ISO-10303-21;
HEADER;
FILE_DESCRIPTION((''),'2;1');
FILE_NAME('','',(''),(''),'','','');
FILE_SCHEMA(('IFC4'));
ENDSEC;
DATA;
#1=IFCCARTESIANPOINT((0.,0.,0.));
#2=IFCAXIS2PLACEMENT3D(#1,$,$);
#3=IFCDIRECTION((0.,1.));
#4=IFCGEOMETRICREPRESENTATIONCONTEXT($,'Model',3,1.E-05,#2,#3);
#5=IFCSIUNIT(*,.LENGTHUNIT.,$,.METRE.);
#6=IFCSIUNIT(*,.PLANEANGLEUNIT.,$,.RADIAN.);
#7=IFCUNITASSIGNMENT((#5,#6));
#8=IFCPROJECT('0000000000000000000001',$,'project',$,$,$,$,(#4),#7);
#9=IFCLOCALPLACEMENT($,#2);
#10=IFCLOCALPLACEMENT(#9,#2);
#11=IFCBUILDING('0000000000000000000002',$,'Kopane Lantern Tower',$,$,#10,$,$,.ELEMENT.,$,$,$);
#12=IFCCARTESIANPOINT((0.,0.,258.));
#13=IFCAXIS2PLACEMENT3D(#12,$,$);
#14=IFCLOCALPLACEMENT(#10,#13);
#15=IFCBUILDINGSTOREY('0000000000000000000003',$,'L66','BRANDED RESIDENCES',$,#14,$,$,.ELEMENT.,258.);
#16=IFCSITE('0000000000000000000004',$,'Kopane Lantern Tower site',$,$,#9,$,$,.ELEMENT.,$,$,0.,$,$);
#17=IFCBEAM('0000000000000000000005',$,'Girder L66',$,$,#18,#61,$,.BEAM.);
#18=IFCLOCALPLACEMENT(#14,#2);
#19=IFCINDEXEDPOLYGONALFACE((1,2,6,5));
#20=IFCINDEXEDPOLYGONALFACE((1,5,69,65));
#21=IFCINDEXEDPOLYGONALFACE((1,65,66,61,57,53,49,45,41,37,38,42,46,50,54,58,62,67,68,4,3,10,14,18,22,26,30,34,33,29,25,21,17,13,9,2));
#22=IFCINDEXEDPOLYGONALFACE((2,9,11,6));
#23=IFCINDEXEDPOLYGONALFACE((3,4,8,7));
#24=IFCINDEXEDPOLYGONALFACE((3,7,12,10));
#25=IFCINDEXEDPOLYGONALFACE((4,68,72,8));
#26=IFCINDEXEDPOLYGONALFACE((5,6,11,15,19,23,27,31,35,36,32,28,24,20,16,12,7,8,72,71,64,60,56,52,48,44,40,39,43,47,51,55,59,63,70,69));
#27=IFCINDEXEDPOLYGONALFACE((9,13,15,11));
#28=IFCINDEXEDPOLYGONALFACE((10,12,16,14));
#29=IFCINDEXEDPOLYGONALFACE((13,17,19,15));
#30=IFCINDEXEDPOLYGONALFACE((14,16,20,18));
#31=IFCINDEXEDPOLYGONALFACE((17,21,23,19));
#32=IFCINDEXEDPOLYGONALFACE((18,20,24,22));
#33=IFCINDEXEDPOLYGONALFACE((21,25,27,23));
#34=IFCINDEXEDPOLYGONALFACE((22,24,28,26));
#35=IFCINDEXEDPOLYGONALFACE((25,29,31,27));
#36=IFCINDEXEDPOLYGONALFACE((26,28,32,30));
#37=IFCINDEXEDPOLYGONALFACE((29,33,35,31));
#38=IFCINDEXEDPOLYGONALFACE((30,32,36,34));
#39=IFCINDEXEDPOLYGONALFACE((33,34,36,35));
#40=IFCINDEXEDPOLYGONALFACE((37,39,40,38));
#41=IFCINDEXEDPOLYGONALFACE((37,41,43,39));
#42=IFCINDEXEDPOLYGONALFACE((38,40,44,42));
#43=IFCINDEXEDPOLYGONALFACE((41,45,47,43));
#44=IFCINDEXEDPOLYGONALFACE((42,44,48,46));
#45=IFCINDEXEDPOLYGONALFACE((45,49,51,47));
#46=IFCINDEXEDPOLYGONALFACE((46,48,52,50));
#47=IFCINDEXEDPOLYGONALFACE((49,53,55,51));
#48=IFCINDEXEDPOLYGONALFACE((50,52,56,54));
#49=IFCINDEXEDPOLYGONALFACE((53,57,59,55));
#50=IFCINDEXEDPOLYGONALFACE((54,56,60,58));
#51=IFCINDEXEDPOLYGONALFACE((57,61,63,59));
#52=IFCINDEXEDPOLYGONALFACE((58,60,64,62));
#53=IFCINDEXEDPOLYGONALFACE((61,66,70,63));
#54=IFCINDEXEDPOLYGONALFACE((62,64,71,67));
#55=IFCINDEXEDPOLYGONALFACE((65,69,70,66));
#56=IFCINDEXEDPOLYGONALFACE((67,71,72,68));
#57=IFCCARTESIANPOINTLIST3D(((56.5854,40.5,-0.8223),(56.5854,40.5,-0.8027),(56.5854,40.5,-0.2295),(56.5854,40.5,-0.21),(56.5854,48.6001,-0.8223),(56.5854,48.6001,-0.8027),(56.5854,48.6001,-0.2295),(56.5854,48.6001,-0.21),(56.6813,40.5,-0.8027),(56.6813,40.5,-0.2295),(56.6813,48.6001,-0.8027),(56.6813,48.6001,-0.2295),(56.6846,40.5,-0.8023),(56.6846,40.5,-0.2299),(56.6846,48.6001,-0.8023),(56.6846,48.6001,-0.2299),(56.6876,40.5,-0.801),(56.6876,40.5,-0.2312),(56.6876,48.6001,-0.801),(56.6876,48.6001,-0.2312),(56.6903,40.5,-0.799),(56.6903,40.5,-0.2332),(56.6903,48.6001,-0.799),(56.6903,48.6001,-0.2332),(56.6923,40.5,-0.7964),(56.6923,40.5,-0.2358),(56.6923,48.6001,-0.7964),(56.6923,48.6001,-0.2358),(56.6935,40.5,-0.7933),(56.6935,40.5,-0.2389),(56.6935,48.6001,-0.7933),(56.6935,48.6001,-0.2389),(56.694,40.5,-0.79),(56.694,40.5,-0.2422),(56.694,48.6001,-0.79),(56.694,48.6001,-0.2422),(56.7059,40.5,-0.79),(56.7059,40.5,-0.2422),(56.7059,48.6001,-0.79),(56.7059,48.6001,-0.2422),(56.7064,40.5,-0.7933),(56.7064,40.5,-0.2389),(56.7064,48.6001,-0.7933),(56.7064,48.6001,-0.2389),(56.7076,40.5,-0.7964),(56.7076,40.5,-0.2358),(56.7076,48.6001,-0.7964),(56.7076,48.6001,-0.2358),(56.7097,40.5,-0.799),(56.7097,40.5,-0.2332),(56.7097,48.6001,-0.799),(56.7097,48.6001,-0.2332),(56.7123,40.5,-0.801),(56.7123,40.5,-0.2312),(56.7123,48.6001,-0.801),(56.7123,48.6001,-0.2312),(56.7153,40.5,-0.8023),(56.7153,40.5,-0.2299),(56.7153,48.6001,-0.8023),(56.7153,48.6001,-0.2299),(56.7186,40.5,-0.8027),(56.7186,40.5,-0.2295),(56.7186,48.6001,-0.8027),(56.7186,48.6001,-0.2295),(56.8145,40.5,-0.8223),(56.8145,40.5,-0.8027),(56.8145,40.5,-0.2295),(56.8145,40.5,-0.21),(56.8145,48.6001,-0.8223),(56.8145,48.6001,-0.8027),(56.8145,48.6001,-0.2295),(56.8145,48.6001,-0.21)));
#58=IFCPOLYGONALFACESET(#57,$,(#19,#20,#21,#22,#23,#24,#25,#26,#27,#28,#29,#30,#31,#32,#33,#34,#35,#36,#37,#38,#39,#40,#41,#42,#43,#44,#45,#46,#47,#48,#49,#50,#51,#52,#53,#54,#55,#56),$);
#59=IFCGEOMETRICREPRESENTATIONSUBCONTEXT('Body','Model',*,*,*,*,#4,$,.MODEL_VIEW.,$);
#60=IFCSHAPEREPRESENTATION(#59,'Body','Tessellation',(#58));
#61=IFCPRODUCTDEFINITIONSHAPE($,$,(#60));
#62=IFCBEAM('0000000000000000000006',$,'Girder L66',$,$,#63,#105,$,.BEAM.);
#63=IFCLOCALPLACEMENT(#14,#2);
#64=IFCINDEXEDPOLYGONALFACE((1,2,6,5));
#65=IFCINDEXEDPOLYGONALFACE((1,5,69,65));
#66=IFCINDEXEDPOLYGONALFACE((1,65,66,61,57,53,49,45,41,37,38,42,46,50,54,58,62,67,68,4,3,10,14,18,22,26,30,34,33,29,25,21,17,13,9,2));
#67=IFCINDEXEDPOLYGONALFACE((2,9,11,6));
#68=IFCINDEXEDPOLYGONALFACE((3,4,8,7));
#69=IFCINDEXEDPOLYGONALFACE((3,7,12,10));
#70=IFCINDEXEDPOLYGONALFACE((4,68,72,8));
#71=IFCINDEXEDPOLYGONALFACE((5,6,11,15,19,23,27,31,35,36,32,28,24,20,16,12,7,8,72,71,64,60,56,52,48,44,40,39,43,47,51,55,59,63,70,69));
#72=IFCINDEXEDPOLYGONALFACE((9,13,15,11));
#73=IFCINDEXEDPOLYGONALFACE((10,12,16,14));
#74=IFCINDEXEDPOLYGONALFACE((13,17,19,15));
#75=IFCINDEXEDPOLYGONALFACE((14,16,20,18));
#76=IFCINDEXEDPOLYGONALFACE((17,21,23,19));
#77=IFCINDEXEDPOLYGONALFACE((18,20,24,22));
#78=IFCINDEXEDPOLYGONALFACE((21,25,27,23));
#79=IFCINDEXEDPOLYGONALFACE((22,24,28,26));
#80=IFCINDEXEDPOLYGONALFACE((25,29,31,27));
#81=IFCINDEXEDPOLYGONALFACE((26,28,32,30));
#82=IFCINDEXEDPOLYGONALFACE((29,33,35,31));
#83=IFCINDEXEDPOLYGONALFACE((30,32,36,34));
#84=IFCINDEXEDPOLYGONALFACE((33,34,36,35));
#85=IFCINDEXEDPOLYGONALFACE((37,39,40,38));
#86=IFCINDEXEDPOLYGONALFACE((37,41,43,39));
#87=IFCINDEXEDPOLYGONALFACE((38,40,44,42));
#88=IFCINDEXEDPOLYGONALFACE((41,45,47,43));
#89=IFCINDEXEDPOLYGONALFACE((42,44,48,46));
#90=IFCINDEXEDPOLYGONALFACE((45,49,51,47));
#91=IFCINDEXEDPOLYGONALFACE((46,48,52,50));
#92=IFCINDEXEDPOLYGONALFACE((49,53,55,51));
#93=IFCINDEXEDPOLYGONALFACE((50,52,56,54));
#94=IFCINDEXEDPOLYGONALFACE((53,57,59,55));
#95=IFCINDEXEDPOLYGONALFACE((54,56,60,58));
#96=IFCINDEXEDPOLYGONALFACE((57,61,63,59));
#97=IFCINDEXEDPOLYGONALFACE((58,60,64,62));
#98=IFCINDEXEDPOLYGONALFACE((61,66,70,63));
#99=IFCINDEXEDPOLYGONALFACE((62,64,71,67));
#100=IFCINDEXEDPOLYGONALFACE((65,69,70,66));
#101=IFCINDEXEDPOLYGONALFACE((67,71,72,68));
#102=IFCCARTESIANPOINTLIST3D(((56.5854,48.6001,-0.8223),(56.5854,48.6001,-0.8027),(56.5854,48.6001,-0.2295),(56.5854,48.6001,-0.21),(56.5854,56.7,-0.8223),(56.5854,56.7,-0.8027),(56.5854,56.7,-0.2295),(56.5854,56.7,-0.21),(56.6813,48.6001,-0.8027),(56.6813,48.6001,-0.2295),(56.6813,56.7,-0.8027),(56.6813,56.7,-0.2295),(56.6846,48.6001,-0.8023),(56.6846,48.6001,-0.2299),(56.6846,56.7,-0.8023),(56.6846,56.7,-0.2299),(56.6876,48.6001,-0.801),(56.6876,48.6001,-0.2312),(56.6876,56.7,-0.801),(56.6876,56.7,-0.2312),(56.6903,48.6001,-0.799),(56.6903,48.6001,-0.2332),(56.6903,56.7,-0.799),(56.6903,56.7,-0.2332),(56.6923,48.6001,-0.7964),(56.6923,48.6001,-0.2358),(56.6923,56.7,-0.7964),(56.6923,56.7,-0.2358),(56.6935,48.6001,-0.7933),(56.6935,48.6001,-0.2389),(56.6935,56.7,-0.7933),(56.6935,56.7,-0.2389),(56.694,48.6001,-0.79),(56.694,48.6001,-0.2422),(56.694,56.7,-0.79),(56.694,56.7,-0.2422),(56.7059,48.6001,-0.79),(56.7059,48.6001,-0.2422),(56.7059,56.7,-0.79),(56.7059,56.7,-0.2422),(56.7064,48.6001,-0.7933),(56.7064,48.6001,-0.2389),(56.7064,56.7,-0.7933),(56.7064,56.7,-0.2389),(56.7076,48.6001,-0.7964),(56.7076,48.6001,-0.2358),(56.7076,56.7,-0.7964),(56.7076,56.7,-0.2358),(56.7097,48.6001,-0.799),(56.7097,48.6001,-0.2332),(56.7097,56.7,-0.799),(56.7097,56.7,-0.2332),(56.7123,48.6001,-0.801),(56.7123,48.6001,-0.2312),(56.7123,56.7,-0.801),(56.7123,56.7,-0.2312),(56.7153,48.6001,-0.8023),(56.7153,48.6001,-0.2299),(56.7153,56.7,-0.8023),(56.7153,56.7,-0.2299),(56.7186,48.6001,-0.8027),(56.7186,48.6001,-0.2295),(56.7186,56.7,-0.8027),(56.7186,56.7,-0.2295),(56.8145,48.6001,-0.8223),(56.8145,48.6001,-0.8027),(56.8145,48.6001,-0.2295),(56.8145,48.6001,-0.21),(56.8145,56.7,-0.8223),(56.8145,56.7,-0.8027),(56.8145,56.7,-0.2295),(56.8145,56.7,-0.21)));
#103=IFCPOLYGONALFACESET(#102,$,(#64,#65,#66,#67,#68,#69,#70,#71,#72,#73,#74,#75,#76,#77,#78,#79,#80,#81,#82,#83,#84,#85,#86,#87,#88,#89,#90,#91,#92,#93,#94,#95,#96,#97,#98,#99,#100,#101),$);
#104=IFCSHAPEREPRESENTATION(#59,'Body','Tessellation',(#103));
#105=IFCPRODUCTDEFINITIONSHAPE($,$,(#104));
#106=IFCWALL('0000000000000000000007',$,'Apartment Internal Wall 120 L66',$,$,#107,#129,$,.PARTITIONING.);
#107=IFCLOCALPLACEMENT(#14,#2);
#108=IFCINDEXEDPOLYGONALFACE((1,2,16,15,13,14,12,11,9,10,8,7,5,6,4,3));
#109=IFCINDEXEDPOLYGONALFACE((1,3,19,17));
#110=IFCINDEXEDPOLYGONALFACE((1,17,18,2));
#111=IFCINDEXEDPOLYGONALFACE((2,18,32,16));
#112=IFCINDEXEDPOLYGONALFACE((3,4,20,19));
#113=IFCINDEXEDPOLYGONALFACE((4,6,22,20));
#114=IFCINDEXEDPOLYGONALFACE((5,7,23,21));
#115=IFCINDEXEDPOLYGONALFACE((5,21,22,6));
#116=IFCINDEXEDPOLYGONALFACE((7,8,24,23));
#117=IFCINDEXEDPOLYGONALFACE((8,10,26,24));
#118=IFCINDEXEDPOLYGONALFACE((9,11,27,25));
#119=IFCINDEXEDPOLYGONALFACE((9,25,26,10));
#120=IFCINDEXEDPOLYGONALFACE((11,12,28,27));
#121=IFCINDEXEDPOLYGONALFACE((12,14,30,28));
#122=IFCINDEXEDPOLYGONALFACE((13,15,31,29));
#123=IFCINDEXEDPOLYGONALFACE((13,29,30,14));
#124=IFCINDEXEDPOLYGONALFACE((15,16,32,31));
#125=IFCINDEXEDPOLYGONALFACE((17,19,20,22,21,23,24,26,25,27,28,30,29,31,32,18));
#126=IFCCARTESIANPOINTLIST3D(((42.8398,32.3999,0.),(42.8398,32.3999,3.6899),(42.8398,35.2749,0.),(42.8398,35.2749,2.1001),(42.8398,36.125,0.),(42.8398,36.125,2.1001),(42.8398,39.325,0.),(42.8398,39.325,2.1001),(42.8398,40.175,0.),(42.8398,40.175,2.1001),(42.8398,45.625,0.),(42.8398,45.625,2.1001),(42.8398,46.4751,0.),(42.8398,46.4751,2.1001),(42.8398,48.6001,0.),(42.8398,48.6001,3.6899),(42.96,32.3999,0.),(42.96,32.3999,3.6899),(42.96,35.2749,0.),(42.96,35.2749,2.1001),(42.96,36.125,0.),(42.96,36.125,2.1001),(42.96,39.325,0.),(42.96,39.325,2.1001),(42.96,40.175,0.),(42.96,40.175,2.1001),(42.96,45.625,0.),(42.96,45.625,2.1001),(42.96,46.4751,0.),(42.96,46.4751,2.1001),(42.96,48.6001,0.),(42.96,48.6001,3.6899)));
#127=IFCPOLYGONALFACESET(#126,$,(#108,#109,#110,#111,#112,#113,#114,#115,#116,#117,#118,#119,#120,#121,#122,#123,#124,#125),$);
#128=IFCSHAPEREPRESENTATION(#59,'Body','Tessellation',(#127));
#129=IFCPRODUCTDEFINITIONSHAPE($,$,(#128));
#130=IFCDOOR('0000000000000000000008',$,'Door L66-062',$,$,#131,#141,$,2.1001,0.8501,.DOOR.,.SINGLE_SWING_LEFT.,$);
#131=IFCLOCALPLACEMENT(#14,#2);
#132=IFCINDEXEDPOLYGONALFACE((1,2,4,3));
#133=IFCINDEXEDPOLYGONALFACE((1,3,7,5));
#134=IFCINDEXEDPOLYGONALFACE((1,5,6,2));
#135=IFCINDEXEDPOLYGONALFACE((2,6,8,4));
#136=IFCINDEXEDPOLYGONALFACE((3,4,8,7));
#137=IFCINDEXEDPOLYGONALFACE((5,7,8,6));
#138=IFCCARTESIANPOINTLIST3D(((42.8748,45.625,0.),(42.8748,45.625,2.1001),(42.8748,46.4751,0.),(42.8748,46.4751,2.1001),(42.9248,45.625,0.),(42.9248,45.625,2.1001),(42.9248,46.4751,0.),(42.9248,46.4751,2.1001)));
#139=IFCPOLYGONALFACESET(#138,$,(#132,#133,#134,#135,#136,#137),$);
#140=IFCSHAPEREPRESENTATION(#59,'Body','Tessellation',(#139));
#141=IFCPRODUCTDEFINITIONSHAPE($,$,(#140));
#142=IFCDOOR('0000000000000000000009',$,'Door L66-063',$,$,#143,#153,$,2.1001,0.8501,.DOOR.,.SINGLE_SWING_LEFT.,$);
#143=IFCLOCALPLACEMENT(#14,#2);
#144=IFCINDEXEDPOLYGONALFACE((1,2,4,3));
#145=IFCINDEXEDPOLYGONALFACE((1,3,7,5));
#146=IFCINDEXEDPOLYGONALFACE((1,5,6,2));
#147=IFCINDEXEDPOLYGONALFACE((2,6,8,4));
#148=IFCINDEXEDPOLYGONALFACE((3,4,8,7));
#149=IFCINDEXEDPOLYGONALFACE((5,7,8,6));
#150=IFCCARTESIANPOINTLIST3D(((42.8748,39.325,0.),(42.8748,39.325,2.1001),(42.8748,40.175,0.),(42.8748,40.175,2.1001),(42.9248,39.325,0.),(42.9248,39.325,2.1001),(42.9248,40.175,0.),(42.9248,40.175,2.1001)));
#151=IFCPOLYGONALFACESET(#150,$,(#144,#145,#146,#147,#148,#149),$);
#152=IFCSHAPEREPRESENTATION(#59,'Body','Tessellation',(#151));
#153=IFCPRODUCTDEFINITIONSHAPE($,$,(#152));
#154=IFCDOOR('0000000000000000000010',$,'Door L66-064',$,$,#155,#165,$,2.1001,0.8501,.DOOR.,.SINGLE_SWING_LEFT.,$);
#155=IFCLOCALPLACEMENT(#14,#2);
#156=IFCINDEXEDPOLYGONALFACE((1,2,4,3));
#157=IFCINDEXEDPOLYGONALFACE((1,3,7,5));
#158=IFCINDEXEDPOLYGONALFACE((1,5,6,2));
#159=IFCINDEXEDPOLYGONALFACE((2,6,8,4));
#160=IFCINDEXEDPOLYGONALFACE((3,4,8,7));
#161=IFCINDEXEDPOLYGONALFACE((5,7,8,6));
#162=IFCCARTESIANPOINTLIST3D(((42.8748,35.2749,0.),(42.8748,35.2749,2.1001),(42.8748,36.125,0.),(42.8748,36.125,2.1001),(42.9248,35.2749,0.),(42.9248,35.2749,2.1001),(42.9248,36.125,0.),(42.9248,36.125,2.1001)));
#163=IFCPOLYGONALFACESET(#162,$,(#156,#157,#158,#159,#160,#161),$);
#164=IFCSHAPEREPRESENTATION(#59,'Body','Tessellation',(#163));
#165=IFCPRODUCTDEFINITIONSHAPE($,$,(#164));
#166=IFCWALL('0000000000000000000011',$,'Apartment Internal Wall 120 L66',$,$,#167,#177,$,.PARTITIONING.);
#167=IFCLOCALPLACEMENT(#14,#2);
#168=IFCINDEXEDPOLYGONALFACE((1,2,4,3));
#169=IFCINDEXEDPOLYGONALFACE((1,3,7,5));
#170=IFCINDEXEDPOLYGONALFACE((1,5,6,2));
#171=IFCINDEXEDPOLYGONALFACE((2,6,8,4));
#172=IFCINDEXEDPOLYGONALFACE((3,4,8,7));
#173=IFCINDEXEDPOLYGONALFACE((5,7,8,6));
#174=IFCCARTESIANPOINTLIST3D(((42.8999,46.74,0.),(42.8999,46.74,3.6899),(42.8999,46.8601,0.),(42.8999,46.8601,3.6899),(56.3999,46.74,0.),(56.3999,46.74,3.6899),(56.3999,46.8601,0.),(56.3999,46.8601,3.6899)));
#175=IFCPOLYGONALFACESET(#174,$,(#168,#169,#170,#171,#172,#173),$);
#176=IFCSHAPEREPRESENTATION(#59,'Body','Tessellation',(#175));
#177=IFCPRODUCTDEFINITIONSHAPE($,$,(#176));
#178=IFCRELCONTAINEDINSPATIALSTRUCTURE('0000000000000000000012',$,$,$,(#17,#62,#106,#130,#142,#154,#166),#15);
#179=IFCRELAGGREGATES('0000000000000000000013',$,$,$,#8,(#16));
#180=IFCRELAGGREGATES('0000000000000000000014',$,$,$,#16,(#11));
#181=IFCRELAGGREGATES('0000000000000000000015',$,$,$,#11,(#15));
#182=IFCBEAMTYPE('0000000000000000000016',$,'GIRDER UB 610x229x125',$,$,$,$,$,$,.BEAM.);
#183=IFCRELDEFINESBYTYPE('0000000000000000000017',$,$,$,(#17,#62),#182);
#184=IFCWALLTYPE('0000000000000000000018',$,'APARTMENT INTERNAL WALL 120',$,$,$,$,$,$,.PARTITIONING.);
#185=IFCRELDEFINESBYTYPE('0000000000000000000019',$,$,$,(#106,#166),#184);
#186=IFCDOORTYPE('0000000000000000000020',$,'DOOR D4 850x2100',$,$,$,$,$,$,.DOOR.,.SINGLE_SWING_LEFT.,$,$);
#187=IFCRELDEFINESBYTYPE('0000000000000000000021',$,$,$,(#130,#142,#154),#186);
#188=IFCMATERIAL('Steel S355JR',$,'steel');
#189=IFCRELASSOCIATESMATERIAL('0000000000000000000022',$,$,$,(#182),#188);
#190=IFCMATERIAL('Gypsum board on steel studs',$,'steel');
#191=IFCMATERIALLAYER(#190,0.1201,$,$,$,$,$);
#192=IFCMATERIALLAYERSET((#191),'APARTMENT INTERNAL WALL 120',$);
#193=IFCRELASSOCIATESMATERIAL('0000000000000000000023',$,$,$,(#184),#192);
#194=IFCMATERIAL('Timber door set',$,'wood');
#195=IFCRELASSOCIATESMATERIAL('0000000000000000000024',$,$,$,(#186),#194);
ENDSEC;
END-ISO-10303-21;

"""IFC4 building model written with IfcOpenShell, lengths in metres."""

from ifc_helpers import new_model, si_unit, direction, frame, frame_2d, origin, origin_2d, place, context, subcontext, project, spatial, rectangle, i_section, extrude, material, layer, layer_set, material_profile, profile_set, type_object, element, fill, save


model = new_model("IFC4")

# Units and contexts
model_context = context("Model", 3, precision=1e-05, world=origin(), true_north=direction((0.0, 1.0)))
body_context = subcontext(model_context, "Body", "Model", "MODEL_VIEW")
ifc_project = project(units=[si_unit("LENGTHUNIT", "METRE"), si_unit("PLANEANGLEUNIT", "RADIAN")], contexts=[model_context])

# Site, building, storey
site_placement = place(None, origin())
site = spatial("IfcSite", under=ifc_project, at=site_placement, Name="Kopane Lantern Tower site", CompositionType="ELEMENT", RefElevation=0.0)
building_placement = place(site_placement, origin())
building = spatial("IfcBuilding", under=site, at=building_placement, Name="Kopane Lantern Tower", CompositionType="ELEMENT")
storey_placement = place(building_placement, frame((0.0, 0.0, 258.0)))
storey = spatial("IfcBuildingStorey", under=building, at=storey_placement, Name="L66", Description="BRANDED RESIDENCES", CompositionType="ELEMENT", Elevation=258.0)

# Beams
ifc_material_1 = material(Name="Steel S355JR", Category="steel")
ifc_material_profile_1 = material_profile(ifc_material_1, i_section(OverallWidth=0.229, OverallDepth=0.6123, WebThickness=0.012, FlangeThickness=0.0195, FilletRadius=0.0127, at=origin_2d()), Name="UB 610x229x125")
ifc_profile_set_1 = profile_set([ifc_material_profile_1], Name="Steel S355JR")
beam_type = type_object("IfcBeamType", Name="GIRDER UB 610x229x125", PredefinedType="BEAM", material=ifc_profile_set_1)
beam_1_placement = place(storey_placement, frame((56.7, 40.5, -0.5161), z_axis=(0.0, 1.0, 0.0), x_axis=(-1.0, 0.0, 0.0)))
element("IfcBeam", 1, at=beam_1_placement, inside=storey, type_object=beam_type, Name="Girder L66", PredefinedType="BEAM", context=body_context, shape_type="SweptSolid", body=[
    extrude(i_section(OverallWidth=0.229, OverallDepth=0.6123, WebThickness=0.012, FlangeThickness=0.0195, FilletRadius=0.0127, at=origin_2d()), origin(), (0.0, 0.0, 1.0), 8.1001),
])
beam_2_placement = place(storey_placement, frame((56.7, 48.6001, -0.5161), z_axis=(0.0, 1.0, 0.0), x_axis=(-1.0, 0.0, 0.0)))
element("IfcBeam", 2, at=beam_2_placement, inside=storey, type_object=beam_type, Name="Girder L66", PredefinedType="BEAM", context=body_context, shape_type="SweptSolid", body=[
    extrude(i_section(OverallWidth=0.229, OverallDepth=0.6123, WebThickness=0.012, FlangeThickness=0.0195, FilletRadius=0.0127, at=origin_2d()), origin(), (0.0, 0.0, 1.0), 8.0999),
])

# Wall, openings, doors
ifc_material_2 = material(Name="Gypsum board on steel studs", Category="steel")
ifc_layer_1 = layer(ifc_material_2, 0.1201)
ifc_layer_set_1 = layer_set([ifc_layer_1], Name="APARTMENT INTERNAL WALL 120")
wall_type_1 = type_object("IfcWallType", Name="APARTMENT INTERNAL WALL 120", PredefinedType="PARTITIONING", material=ifc_layer_set_1)
wall_1_placement = place(storey_placement, frame((42.8999, 48.6001, 0.0), z_axis=(0.0, 0.0, 1.0), x_axis=(0.0, -1.0, 0.0)))
wall_1 = element("IfcWall", 3, at=wall_1_placement, inside=storey, type_object=wall_type_1, Name="Apartment Internal Wall 120 L66", PredefinedType="PARTITIONING", context=body_context, shape_type="SweptSolid", body=[
    extrude(rectangle(XDim=16.2002, YDim=0.1201, at=frame_2d((8.1001, 0.0))), origin(), (0.0, 0.0, 1.0), 3.6899),
])
opening_1_placement = place(wall_1_placement, frame((2.125, 0.0, 0.0)))
opening_1 = element("IfcOpeningElement", 4, at=opening_1_placement, cuts=wall_1, PredefinedType="OPENING", context=body_context, shape_type="SweptSolid", body=[
    extrude(rectangle(XDim=0.8501, YDim=2.1001, at=frame_2d((0.425, 1.05))), frame((0.0, 0.0701, 0.0), z_axis=(0.0, -1.0, 0.0), x_axis=(1.0, 0.0, 0.0)), (0.0, 0.0, 1.0), 0.1401),
])
opening_2_placement = place(wall_1_placement, frame((8.425, 0.0, 0.0)))
opening_2 = element("IfcOpeningElement", 5, at=opening_2_placement, cuts=wall_1, PredefinedType="OPENING", context=body_context, shape_type="SweptSolid", body=[
    extrude(rectangle(XDim=0.8501, YDim=2.1001, at=frame_2d((0.425, 1.05))), frame((0.0, 0.0701, 0.0), z_axis=(0.0, -1.0, 0.0), x_axis=(1.0, 0.0, 0.0)), (0.0, 0.0, 1.0), 0.1401),
])
opening_3_placement = place(wall_1_placement, frame((12.4751, 0.0, 0.0)))
opening_3 = element("IfcOpeningElement", 6, at=opening_3_placement, cuts=wall_1, PredefinedType="OPENING", context=body_context, shape_type="SweptSolid", body=[
    extrude(rectangle(XDim=0.8501, YDim=2.1001, at=frame_2d((0.425, 1.05))), frame((0.0, 0.0701, 0.0), z_axis=(0.0, -1.0, 0.0), x_axis=(1.0, 0.0, 0.0)), (0.0, 0.0, 1.0), 0.1401),
])
ifc_material_3 = material(Name="Timber door set", Category="wood")
door_type_1 = type_object("IfcDoorType", Name="DOOR D4 850x2100", OperationType="SINGLE_SWING_LEFT", PredefinedType="DOOR", material=ifc_material_3)
door_1_placement = place(opening_1_placement, origin())
door_1 = element("IfcDoor", 7, at=door_1_placement, inside=storey, type_object=door_type_1, Name="Door L66-062", OperationType="SINGLE_SWING_LEFT", OverallHeight=2.1001, OverallWidth=0.8501, PredefinedType="DOOR", context=body_context, shape_type="SweptSolid", body=[
    extrude(rectangle(XDim=0.8501, YDim=2.1001, at=frame_2d((0.425, 1.05))), frame((0.0, 0.0249, 0.0), z_axis=(0.0, -1.0, 0.0), x_axis=(1.0, 0.0, 0.0)), (0.0, 0.0, 1.0), 0.05),
])
fill(opening_1, door_1)
door_2_placement = place(opening_2_placement, origin())
door_2 = element("IfcDoor", 8, at=door_2_placement, inside=storey, type_object=door_type_1, Name="Door L66-063", OperationType="SINGLE_SWING_LEFT", OverallHeight=2.1001, OverallWidth=0.8501, PredefinedType="DOOR", context=body_context, shape_type="SweptSolid", body=[
    extrude(rectangle(XDim=0.8501, YDim=2.1001, at=frame_2d((0.425, 1.05))), frame((0.0, 0.0249, 0.0), z_axis=(0.0, -1.0, 0.0), x_axis=(1.0, 0.0, 0.0)), (0.0, 0.0, 1.0), 0.05),
])
fill(opening_2, door_2)
door_3_placement = place(opening_3_placement, origin())
door_3 = element("IfcDoor", 9, at=door_3_placement, inside=storey, type_object=door_type_1, Name="Door L66-064", OperationType="SINGLE_SWING_LEFT", OverallHeight=2.1001, OverallWidth=0.8501, PredefinedType="DOOR", context=body_context, shape_type="SweptSolid", body=[
    extrude(rectangle(XDim=0.8501, YDim=2.1001, at=frame_2d((0.425, 1.05))), frame((0.0, 0.0249, 0.0), z_axis=(0.0, -1.0, 0.0), x_axis=(1.0, 0.0, 0.0)), (0.0, 0.0, 1.0), 0.05),
])
fill(opening_3, door_3)

# Wall
wall_2_placement = place(storey_placement, frame((42.8999, 46.8, 0.0), z_axis=(0.0, 0.0, 1.0), x_axis=(1.0, 0.0, 0.0)))
element("IfcWall", 10, at=wall_2_placement, inside=storey, type_object=wall_type_1, Name="Apartment Internal Wall 120 L66", PredefinedType="PARTITIONING", context=body_context, shape_type="SweptSolid", body=[
    extrude(rectangle(XDim=13.5, YDim=0.1201, at=frame_2d((6.75, 0.0))), origin(), (0.0, 0.0, 1.0), 3.6899),
])

save(model, "model.ifc")
